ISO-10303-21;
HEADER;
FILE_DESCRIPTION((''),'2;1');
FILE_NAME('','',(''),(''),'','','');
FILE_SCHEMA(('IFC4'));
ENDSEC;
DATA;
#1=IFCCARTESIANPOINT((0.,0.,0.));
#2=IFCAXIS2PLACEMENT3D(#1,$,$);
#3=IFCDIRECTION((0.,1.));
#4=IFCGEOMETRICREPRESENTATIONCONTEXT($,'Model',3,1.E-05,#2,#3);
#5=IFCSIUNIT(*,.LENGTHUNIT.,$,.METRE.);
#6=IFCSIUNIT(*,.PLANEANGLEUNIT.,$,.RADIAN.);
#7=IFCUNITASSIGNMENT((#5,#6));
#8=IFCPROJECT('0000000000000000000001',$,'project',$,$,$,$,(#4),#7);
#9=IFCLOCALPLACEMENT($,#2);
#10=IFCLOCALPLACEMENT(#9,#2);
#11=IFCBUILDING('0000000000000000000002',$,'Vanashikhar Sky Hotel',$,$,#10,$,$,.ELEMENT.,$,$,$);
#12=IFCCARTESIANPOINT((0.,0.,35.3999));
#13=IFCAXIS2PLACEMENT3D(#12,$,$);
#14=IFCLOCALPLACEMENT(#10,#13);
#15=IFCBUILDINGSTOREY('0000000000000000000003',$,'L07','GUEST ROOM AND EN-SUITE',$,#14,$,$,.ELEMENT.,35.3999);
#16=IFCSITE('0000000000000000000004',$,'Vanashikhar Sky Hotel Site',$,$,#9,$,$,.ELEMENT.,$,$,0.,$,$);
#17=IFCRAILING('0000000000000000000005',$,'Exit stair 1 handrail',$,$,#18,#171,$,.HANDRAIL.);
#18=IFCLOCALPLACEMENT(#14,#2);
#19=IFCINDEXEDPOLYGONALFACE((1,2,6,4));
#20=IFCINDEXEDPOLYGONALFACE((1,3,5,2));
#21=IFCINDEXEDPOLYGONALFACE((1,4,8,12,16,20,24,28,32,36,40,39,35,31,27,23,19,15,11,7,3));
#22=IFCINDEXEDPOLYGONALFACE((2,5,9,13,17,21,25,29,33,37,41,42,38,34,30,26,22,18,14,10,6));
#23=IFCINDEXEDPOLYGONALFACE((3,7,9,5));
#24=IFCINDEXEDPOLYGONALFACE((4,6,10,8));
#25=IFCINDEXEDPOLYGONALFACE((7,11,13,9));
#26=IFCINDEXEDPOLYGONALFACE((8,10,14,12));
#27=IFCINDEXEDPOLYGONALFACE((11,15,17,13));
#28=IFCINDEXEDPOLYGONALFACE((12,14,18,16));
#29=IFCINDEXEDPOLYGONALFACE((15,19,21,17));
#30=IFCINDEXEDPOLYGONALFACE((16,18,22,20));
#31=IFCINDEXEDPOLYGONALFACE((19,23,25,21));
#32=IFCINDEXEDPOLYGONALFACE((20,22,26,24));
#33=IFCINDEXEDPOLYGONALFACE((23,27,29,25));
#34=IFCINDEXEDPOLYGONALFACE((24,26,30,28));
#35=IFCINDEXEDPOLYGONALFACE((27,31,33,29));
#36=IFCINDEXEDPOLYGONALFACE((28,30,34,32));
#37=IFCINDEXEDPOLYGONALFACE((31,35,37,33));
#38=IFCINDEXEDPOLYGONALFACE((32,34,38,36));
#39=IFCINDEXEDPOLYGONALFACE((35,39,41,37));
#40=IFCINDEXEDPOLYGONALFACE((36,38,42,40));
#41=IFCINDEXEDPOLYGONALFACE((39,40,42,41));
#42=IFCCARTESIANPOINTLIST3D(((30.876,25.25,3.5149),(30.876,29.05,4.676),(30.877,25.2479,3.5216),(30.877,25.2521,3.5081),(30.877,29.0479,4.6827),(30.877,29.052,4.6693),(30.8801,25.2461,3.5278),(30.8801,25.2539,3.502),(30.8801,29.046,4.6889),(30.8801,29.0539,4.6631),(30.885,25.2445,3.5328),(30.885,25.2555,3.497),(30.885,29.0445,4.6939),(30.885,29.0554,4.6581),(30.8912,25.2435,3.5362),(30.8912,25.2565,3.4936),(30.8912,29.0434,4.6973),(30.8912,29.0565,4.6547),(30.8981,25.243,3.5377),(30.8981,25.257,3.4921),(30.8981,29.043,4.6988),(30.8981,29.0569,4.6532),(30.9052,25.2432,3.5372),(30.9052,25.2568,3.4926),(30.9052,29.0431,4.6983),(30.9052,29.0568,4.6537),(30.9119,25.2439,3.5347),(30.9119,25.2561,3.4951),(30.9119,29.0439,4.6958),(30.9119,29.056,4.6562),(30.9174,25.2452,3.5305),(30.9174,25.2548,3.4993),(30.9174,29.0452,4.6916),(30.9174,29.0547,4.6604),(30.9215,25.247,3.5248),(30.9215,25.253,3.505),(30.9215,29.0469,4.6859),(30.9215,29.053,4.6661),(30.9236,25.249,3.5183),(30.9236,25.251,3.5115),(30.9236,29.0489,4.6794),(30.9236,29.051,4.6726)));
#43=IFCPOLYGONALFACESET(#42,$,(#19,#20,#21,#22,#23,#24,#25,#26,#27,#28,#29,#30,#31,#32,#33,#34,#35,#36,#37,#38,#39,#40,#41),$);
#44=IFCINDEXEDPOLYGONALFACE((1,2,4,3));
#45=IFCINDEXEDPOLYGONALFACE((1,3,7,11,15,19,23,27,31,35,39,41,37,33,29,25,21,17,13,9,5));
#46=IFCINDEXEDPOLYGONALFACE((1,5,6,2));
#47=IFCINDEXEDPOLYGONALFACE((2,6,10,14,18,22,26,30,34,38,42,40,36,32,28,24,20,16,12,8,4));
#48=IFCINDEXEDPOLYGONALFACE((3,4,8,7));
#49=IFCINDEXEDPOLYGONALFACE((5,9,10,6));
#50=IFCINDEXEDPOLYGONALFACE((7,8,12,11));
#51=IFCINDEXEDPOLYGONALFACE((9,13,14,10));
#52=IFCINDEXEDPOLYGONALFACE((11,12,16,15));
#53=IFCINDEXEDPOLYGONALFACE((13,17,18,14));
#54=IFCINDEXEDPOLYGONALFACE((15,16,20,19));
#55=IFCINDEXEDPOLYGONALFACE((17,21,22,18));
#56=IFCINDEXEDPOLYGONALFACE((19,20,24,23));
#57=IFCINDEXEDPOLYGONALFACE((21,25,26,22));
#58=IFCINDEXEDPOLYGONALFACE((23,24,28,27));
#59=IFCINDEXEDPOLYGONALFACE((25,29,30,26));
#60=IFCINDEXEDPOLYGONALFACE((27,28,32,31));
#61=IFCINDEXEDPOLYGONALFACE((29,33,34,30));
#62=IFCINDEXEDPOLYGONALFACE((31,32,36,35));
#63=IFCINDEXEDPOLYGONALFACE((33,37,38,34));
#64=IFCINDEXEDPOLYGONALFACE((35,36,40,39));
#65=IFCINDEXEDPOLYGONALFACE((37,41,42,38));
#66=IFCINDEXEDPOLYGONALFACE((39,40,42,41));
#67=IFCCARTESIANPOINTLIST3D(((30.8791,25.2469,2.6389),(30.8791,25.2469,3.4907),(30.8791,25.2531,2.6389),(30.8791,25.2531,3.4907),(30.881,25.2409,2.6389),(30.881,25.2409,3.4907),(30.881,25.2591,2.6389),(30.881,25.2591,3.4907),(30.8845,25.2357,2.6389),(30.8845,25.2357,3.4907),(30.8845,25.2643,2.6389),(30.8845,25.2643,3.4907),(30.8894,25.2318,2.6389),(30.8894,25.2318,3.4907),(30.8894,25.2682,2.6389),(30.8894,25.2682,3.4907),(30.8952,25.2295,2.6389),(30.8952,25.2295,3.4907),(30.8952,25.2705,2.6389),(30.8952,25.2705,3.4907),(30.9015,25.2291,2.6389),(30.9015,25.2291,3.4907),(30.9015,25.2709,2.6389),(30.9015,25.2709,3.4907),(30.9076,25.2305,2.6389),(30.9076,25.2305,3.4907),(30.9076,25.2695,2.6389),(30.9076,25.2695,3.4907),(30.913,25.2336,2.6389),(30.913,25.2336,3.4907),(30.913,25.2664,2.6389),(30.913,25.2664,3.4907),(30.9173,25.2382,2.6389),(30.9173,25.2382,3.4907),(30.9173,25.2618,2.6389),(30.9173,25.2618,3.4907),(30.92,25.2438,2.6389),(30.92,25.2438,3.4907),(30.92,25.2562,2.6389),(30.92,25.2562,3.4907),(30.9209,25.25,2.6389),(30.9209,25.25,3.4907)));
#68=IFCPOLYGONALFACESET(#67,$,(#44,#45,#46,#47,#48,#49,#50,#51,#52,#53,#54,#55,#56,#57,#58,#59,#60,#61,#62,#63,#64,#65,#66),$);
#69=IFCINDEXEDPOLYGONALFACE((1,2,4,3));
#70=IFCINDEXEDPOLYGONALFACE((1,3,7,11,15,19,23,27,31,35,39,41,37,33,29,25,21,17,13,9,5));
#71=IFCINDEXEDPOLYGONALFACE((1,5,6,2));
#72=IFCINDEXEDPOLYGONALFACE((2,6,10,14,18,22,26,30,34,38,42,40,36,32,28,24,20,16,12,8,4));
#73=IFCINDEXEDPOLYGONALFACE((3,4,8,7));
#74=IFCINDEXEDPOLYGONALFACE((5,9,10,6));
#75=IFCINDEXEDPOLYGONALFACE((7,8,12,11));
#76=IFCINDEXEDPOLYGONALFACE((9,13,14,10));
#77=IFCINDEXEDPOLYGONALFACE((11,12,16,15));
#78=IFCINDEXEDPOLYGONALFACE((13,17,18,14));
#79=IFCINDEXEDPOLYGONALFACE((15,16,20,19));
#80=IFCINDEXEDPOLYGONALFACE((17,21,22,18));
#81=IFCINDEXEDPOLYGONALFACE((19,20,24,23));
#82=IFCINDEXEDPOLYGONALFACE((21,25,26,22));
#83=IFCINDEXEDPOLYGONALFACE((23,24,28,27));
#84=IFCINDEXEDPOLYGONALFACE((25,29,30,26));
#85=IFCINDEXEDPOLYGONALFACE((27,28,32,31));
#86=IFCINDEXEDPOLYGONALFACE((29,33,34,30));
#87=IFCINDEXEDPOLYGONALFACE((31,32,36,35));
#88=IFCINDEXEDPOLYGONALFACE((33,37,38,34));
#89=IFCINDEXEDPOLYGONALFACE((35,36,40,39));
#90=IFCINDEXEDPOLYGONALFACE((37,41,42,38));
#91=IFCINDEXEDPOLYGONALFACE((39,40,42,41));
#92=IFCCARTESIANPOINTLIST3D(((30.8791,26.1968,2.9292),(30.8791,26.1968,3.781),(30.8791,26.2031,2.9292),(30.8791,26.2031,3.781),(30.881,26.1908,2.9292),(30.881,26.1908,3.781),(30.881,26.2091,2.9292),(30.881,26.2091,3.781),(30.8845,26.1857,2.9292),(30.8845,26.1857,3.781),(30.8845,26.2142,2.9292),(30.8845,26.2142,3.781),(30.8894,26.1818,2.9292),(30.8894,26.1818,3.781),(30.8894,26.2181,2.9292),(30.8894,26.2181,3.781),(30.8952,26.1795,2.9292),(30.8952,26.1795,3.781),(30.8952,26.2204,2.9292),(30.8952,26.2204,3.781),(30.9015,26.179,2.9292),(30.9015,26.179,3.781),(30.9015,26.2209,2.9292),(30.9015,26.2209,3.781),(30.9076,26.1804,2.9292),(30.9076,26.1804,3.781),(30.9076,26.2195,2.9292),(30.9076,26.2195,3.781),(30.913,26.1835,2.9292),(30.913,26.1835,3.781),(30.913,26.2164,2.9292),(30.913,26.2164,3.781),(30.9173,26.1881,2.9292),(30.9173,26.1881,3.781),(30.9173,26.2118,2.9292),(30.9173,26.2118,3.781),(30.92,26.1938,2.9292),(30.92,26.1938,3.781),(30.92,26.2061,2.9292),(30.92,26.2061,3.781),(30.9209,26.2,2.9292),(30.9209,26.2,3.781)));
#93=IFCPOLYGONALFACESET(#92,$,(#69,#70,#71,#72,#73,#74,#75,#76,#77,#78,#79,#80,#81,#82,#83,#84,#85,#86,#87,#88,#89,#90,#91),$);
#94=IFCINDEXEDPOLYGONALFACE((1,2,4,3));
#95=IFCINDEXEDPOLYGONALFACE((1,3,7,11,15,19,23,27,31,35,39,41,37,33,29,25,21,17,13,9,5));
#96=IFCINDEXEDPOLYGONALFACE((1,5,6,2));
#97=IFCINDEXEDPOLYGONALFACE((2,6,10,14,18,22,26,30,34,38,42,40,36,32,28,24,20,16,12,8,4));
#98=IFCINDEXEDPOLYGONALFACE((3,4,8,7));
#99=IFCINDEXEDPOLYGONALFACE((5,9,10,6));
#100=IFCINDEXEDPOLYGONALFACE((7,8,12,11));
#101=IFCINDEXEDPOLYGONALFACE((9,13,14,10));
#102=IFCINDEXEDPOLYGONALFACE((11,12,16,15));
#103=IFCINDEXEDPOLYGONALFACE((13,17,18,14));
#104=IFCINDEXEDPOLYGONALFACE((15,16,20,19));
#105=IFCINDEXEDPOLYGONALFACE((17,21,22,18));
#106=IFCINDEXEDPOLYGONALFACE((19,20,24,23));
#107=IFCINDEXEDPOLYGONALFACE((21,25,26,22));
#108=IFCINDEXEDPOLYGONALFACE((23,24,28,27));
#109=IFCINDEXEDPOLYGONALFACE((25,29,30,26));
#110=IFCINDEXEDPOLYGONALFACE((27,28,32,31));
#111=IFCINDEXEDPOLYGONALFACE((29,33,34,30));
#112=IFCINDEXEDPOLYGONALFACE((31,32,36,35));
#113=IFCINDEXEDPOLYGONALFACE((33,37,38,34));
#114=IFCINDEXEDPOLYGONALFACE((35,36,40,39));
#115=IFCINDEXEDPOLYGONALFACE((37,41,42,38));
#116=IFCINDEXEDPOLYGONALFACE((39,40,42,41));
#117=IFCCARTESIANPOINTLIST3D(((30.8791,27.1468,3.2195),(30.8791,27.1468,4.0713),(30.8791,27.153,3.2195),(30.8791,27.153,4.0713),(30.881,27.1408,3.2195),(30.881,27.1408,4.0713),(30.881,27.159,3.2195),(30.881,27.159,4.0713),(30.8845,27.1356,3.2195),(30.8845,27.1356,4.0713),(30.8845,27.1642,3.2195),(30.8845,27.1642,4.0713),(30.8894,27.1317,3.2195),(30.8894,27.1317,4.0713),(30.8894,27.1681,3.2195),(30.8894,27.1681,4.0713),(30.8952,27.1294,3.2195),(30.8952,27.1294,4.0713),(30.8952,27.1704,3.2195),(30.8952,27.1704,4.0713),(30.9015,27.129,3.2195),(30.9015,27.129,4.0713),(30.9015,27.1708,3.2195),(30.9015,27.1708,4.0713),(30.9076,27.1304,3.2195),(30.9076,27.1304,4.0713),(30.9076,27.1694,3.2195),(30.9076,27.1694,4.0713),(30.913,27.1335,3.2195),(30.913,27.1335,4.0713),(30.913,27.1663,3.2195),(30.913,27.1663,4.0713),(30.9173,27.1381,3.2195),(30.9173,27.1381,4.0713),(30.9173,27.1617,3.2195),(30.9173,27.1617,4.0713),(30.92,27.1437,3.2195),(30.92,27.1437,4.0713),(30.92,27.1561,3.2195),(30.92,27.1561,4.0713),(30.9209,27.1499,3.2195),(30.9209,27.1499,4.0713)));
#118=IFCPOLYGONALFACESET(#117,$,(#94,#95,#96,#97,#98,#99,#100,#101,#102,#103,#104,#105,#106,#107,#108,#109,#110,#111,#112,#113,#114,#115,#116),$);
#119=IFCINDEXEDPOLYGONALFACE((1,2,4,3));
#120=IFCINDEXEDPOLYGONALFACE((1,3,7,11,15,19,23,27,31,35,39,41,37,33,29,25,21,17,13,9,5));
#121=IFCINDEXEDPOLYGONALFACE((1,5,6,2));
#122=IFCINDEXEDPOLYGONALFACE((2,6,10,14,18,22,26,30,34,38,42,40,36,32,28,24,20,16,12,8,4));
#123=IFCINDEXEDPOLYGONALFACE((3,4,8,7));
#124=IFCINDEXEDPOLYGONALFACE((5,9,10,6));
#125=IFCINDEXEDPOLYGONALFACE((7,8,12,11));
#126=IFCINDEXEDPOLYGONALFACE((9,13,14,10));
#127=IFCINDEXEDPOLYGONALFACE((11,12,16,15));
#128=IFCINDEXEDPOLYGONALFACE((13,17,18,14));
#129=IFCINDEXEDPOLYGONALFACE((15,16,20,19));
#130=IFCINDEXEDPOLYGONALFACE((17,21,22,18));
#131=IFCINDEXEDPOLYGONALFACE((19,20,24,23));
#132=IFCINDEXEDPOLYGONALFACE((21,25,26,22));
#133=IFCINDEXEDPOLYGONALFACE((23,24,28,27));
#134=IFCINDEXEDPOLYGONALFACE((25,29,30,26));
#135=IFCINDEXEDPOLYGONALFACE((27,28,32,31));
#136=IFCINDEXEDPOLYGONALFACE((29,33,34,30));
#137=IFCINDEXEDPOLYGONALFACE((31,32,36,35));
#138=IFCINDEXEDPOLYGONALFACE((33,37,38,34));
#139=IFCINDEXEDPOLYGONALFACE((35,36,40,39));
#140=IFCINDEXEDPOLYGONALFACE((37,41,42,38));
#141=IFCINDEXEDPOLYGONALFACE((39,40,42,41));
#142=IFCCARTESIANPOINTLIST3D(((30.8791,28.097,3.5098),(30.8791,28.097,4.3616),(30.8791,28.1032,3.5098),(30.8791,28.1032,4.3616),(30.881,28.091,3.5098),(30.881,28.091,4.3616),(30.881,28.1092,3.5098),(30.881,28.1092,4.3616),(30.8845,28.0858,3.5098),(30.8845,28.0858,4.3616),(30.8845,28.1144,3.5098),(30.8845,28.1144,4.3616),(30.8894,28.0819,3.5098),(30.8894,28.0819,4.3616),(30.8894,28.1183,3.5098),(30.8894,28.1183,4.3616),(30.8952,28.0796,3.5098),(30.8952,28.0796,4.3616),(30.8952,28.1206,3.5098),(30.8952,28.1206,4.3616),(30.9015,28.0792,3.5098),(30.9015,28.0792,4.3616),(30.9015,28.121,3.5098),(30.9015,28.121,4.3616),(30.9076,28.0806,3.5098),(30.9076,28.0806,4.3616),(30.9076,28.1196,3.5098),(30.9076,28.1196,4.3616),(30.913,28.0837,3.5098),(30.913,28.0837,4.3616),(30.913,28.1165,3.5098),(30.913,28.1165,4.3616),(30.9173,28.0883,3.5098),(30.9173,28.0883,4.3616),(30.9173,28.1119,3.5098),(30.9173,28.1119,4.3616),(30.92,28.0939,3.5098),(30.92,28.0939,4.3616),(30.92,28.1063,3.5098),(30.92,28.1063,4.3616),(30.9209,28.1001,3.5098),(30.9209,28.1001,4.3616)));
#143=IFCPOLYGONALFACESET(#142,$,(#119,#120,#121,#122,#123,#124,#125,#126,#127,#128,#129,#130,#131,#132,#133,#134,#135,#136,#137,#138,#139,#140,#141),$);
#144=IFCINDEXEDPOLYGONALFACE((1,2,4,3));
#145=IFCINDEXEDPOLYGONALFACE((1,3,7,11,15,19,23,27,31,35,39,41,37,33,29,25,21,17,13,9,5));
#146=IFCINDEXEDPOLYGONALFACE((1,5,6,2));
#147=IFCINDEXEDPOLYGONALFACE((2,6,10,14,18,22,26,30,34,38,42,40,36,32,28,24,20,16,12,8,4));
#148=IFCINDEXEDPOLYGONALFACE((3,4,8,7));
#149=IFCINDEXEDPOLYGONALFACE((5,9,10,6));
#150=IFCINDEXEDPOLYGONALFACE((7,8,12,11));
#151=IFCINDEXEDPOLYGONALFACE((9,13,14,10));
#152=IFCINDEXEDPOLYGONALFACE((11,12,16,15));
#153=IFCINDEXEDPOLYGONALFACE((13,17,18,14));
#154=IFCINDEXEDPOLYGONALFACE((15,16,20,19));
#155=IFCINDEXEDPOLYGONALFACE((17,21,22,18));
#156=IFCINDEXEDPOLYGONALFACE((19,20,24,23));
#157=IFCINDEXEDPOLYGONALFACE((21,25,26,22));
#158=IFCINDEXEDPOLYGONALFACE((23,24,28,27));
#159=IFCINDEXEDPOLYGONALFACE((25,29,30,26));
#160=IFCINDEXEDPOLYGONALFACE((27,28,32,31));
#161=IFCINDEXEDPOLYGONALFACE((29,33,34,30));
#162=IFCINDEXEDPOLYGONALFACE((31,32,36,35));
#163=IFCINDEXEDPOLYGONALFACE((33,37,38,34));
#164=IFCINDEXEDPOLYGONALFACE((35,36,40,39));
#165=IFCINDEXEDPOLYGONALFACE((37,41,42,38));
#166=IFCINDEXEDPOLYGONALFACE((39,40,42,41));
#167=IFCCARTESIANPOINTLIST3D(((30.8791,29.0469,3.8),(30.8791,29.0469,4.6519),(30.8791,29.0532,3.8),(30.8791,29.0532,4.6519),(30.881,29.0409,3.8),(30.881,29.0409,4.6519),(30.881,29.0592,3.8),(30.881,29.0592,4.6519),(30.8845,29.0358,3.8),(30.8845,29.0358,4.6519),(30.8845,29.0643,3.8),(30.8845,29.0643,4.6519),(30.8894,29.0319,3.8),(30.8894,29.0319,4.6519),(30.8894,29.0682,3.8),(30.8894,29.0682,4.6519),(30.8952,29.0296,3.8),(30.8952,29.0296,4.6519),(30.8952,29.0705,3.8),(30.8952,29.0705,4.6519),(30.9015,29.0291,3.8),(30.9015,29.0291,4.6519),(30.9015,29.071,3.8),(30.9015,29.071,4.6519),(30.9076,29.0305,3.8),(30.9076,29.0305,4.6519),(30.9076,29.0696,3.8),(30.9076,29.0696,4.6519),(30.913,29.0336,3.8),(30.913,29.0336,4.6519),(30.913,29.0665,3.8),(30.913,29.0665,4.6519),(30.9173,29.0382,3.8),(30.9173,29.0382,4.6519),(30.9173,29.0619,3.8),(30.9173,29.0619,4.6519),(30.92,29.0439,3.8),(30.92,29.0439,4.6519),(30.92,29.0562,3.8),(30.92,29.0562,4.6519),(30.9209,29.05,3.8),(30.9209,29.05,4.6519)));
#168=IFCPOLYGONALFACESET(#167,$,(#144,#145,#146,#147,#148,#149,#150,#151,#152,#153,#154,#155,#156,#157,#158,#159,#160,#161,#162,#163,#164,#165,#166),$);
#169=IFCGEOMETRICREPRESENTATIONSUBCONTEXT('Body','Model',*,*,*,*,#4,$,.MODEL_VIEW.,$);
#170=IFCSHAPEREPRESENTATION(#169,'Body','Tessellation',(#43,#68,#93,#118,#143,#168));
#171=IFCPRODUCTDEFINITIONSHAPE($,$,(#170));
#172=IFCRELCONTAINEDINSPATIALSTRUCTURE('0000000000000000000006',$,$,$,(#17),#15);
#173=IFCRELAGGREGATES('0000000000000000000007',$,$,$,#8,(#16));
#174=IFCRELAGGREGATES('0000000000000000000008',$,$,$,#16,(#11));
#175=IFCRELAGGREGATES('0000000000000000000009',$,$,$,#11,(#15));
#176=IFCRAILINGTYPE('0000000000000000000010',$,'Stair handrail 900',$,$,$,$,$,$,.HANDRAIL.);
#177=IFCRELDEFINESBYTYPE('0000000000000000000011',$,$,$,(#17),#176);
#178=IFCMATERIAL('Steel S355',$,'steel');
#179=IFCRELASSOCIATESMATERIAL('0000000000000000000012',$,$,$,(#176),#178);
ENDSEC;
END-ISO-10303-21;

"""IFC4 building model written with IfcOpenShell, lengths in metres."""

from ifc_helpers import new_model, si_unit, direction, frame, origin, origin_2d, place, context, subcontext, project, spatial, circle, extrude, source, transform, mapped, material, type_object, element, save


model = new_model("IFC4")

# Units and contexts
model_context = context("Model", 3, precision=1e-05, world=origin(), true_north=direction((0.0, 1.0)))
body_context = subcontext(model_context, "Body", "Model", "MODEL_VIEW")
ifc_project = project(units=[si_unit("LENGTHUNIT", "METRE"), si_unit("PLANEANGLEUNIT", "RADIAN")], contexts=[model_context])

# Site, building, storey
site_placement = place(None, origin())
site = spatial("IfcSite", under=ifc_project, at=site_placement, Name="Vanashikhar Sky Hotel Site", CompositionType="ELEMENT", RefElevation=0.0)
building_placement = place(site_placement, origin())
building = spatial("IfcBuilding", under=site, at=building_placement, Name="Vanashikhar Sky Hotel", CompositionType="ELEMENT")
storey_placement = place(building_placement, frame((0.0, 0.0, 35.3999)))
storey = spatial("IfcBuildingStorey", under=building, at=storey_placement, Name="L07", Description="GUEST ROOM AND EN-SUITE", CompositionType="ELEMENT", Elevation=35.3999)

# Railing
ifc_material_1 = material(Name="Steel S355", Category="steel")
railing_type_1 = type_object("IfcRailingType", Name="Stair handrail 900", PredefinedType="HANDRAIL", material=ifc_material_1)
shared_shape_1 = source(origin(), body_context, "Body", "SweptSolid", [
    extrude(circle(Radius=0.0239, at=origin_2d()), frame((0.0, 0.0, 0.876), z_axis=(0.0, 0.956351, 0.29222), x_axis=(-1.0, 0.0, 0.0)), (0.0, 0.0, 1.0), 3.9734),
    extrude(circle(Radius=0.021, at=origin_2d()), origin(), (0.0, 0.0, 1.0), 0.8518),
    extrude(circle(Radius=0.021, at=origin_2d()), frame((0.0, 0.95, 0.2903)), (0.0, 0.0, 1.0), 0.8518),
    extrude(circle(Radius=0.021, at=origin_2d()), frame((0.0, 1.8999, 0.5806)), (0.0, 0.0, 1.0), 0.8518),
    extrude(circle(Radius=0.021, at=origin_2d()), frame((0.0, 2.8501, 0.8708)), (0.0, 0.0, 1.0), 0.8518),
    extrude(circle(Radius=0.021, at=origin_2d()), frame((0.0, 3.8, 1.1611)), (0.0, 0.0, 1.0), 0.8518),
])
for number, where, name in (
    (1, (30.8999, 25.25, 2.6389), "Exit stair 1 handrail"),
):
    element("IfcRailing", number, at=place(storey_placement, frame(where)), inside=storey, type_object=railing_type_1, Name=name, PredefinedType="HANDRAIL", context=body_context, shape_type="MappedRepresentation", body=[
        mapped(shared_shape_1, transform((0.0, 0.0, 0.0), scale=1.0)),
    ])

save(model, "model.ifc")
